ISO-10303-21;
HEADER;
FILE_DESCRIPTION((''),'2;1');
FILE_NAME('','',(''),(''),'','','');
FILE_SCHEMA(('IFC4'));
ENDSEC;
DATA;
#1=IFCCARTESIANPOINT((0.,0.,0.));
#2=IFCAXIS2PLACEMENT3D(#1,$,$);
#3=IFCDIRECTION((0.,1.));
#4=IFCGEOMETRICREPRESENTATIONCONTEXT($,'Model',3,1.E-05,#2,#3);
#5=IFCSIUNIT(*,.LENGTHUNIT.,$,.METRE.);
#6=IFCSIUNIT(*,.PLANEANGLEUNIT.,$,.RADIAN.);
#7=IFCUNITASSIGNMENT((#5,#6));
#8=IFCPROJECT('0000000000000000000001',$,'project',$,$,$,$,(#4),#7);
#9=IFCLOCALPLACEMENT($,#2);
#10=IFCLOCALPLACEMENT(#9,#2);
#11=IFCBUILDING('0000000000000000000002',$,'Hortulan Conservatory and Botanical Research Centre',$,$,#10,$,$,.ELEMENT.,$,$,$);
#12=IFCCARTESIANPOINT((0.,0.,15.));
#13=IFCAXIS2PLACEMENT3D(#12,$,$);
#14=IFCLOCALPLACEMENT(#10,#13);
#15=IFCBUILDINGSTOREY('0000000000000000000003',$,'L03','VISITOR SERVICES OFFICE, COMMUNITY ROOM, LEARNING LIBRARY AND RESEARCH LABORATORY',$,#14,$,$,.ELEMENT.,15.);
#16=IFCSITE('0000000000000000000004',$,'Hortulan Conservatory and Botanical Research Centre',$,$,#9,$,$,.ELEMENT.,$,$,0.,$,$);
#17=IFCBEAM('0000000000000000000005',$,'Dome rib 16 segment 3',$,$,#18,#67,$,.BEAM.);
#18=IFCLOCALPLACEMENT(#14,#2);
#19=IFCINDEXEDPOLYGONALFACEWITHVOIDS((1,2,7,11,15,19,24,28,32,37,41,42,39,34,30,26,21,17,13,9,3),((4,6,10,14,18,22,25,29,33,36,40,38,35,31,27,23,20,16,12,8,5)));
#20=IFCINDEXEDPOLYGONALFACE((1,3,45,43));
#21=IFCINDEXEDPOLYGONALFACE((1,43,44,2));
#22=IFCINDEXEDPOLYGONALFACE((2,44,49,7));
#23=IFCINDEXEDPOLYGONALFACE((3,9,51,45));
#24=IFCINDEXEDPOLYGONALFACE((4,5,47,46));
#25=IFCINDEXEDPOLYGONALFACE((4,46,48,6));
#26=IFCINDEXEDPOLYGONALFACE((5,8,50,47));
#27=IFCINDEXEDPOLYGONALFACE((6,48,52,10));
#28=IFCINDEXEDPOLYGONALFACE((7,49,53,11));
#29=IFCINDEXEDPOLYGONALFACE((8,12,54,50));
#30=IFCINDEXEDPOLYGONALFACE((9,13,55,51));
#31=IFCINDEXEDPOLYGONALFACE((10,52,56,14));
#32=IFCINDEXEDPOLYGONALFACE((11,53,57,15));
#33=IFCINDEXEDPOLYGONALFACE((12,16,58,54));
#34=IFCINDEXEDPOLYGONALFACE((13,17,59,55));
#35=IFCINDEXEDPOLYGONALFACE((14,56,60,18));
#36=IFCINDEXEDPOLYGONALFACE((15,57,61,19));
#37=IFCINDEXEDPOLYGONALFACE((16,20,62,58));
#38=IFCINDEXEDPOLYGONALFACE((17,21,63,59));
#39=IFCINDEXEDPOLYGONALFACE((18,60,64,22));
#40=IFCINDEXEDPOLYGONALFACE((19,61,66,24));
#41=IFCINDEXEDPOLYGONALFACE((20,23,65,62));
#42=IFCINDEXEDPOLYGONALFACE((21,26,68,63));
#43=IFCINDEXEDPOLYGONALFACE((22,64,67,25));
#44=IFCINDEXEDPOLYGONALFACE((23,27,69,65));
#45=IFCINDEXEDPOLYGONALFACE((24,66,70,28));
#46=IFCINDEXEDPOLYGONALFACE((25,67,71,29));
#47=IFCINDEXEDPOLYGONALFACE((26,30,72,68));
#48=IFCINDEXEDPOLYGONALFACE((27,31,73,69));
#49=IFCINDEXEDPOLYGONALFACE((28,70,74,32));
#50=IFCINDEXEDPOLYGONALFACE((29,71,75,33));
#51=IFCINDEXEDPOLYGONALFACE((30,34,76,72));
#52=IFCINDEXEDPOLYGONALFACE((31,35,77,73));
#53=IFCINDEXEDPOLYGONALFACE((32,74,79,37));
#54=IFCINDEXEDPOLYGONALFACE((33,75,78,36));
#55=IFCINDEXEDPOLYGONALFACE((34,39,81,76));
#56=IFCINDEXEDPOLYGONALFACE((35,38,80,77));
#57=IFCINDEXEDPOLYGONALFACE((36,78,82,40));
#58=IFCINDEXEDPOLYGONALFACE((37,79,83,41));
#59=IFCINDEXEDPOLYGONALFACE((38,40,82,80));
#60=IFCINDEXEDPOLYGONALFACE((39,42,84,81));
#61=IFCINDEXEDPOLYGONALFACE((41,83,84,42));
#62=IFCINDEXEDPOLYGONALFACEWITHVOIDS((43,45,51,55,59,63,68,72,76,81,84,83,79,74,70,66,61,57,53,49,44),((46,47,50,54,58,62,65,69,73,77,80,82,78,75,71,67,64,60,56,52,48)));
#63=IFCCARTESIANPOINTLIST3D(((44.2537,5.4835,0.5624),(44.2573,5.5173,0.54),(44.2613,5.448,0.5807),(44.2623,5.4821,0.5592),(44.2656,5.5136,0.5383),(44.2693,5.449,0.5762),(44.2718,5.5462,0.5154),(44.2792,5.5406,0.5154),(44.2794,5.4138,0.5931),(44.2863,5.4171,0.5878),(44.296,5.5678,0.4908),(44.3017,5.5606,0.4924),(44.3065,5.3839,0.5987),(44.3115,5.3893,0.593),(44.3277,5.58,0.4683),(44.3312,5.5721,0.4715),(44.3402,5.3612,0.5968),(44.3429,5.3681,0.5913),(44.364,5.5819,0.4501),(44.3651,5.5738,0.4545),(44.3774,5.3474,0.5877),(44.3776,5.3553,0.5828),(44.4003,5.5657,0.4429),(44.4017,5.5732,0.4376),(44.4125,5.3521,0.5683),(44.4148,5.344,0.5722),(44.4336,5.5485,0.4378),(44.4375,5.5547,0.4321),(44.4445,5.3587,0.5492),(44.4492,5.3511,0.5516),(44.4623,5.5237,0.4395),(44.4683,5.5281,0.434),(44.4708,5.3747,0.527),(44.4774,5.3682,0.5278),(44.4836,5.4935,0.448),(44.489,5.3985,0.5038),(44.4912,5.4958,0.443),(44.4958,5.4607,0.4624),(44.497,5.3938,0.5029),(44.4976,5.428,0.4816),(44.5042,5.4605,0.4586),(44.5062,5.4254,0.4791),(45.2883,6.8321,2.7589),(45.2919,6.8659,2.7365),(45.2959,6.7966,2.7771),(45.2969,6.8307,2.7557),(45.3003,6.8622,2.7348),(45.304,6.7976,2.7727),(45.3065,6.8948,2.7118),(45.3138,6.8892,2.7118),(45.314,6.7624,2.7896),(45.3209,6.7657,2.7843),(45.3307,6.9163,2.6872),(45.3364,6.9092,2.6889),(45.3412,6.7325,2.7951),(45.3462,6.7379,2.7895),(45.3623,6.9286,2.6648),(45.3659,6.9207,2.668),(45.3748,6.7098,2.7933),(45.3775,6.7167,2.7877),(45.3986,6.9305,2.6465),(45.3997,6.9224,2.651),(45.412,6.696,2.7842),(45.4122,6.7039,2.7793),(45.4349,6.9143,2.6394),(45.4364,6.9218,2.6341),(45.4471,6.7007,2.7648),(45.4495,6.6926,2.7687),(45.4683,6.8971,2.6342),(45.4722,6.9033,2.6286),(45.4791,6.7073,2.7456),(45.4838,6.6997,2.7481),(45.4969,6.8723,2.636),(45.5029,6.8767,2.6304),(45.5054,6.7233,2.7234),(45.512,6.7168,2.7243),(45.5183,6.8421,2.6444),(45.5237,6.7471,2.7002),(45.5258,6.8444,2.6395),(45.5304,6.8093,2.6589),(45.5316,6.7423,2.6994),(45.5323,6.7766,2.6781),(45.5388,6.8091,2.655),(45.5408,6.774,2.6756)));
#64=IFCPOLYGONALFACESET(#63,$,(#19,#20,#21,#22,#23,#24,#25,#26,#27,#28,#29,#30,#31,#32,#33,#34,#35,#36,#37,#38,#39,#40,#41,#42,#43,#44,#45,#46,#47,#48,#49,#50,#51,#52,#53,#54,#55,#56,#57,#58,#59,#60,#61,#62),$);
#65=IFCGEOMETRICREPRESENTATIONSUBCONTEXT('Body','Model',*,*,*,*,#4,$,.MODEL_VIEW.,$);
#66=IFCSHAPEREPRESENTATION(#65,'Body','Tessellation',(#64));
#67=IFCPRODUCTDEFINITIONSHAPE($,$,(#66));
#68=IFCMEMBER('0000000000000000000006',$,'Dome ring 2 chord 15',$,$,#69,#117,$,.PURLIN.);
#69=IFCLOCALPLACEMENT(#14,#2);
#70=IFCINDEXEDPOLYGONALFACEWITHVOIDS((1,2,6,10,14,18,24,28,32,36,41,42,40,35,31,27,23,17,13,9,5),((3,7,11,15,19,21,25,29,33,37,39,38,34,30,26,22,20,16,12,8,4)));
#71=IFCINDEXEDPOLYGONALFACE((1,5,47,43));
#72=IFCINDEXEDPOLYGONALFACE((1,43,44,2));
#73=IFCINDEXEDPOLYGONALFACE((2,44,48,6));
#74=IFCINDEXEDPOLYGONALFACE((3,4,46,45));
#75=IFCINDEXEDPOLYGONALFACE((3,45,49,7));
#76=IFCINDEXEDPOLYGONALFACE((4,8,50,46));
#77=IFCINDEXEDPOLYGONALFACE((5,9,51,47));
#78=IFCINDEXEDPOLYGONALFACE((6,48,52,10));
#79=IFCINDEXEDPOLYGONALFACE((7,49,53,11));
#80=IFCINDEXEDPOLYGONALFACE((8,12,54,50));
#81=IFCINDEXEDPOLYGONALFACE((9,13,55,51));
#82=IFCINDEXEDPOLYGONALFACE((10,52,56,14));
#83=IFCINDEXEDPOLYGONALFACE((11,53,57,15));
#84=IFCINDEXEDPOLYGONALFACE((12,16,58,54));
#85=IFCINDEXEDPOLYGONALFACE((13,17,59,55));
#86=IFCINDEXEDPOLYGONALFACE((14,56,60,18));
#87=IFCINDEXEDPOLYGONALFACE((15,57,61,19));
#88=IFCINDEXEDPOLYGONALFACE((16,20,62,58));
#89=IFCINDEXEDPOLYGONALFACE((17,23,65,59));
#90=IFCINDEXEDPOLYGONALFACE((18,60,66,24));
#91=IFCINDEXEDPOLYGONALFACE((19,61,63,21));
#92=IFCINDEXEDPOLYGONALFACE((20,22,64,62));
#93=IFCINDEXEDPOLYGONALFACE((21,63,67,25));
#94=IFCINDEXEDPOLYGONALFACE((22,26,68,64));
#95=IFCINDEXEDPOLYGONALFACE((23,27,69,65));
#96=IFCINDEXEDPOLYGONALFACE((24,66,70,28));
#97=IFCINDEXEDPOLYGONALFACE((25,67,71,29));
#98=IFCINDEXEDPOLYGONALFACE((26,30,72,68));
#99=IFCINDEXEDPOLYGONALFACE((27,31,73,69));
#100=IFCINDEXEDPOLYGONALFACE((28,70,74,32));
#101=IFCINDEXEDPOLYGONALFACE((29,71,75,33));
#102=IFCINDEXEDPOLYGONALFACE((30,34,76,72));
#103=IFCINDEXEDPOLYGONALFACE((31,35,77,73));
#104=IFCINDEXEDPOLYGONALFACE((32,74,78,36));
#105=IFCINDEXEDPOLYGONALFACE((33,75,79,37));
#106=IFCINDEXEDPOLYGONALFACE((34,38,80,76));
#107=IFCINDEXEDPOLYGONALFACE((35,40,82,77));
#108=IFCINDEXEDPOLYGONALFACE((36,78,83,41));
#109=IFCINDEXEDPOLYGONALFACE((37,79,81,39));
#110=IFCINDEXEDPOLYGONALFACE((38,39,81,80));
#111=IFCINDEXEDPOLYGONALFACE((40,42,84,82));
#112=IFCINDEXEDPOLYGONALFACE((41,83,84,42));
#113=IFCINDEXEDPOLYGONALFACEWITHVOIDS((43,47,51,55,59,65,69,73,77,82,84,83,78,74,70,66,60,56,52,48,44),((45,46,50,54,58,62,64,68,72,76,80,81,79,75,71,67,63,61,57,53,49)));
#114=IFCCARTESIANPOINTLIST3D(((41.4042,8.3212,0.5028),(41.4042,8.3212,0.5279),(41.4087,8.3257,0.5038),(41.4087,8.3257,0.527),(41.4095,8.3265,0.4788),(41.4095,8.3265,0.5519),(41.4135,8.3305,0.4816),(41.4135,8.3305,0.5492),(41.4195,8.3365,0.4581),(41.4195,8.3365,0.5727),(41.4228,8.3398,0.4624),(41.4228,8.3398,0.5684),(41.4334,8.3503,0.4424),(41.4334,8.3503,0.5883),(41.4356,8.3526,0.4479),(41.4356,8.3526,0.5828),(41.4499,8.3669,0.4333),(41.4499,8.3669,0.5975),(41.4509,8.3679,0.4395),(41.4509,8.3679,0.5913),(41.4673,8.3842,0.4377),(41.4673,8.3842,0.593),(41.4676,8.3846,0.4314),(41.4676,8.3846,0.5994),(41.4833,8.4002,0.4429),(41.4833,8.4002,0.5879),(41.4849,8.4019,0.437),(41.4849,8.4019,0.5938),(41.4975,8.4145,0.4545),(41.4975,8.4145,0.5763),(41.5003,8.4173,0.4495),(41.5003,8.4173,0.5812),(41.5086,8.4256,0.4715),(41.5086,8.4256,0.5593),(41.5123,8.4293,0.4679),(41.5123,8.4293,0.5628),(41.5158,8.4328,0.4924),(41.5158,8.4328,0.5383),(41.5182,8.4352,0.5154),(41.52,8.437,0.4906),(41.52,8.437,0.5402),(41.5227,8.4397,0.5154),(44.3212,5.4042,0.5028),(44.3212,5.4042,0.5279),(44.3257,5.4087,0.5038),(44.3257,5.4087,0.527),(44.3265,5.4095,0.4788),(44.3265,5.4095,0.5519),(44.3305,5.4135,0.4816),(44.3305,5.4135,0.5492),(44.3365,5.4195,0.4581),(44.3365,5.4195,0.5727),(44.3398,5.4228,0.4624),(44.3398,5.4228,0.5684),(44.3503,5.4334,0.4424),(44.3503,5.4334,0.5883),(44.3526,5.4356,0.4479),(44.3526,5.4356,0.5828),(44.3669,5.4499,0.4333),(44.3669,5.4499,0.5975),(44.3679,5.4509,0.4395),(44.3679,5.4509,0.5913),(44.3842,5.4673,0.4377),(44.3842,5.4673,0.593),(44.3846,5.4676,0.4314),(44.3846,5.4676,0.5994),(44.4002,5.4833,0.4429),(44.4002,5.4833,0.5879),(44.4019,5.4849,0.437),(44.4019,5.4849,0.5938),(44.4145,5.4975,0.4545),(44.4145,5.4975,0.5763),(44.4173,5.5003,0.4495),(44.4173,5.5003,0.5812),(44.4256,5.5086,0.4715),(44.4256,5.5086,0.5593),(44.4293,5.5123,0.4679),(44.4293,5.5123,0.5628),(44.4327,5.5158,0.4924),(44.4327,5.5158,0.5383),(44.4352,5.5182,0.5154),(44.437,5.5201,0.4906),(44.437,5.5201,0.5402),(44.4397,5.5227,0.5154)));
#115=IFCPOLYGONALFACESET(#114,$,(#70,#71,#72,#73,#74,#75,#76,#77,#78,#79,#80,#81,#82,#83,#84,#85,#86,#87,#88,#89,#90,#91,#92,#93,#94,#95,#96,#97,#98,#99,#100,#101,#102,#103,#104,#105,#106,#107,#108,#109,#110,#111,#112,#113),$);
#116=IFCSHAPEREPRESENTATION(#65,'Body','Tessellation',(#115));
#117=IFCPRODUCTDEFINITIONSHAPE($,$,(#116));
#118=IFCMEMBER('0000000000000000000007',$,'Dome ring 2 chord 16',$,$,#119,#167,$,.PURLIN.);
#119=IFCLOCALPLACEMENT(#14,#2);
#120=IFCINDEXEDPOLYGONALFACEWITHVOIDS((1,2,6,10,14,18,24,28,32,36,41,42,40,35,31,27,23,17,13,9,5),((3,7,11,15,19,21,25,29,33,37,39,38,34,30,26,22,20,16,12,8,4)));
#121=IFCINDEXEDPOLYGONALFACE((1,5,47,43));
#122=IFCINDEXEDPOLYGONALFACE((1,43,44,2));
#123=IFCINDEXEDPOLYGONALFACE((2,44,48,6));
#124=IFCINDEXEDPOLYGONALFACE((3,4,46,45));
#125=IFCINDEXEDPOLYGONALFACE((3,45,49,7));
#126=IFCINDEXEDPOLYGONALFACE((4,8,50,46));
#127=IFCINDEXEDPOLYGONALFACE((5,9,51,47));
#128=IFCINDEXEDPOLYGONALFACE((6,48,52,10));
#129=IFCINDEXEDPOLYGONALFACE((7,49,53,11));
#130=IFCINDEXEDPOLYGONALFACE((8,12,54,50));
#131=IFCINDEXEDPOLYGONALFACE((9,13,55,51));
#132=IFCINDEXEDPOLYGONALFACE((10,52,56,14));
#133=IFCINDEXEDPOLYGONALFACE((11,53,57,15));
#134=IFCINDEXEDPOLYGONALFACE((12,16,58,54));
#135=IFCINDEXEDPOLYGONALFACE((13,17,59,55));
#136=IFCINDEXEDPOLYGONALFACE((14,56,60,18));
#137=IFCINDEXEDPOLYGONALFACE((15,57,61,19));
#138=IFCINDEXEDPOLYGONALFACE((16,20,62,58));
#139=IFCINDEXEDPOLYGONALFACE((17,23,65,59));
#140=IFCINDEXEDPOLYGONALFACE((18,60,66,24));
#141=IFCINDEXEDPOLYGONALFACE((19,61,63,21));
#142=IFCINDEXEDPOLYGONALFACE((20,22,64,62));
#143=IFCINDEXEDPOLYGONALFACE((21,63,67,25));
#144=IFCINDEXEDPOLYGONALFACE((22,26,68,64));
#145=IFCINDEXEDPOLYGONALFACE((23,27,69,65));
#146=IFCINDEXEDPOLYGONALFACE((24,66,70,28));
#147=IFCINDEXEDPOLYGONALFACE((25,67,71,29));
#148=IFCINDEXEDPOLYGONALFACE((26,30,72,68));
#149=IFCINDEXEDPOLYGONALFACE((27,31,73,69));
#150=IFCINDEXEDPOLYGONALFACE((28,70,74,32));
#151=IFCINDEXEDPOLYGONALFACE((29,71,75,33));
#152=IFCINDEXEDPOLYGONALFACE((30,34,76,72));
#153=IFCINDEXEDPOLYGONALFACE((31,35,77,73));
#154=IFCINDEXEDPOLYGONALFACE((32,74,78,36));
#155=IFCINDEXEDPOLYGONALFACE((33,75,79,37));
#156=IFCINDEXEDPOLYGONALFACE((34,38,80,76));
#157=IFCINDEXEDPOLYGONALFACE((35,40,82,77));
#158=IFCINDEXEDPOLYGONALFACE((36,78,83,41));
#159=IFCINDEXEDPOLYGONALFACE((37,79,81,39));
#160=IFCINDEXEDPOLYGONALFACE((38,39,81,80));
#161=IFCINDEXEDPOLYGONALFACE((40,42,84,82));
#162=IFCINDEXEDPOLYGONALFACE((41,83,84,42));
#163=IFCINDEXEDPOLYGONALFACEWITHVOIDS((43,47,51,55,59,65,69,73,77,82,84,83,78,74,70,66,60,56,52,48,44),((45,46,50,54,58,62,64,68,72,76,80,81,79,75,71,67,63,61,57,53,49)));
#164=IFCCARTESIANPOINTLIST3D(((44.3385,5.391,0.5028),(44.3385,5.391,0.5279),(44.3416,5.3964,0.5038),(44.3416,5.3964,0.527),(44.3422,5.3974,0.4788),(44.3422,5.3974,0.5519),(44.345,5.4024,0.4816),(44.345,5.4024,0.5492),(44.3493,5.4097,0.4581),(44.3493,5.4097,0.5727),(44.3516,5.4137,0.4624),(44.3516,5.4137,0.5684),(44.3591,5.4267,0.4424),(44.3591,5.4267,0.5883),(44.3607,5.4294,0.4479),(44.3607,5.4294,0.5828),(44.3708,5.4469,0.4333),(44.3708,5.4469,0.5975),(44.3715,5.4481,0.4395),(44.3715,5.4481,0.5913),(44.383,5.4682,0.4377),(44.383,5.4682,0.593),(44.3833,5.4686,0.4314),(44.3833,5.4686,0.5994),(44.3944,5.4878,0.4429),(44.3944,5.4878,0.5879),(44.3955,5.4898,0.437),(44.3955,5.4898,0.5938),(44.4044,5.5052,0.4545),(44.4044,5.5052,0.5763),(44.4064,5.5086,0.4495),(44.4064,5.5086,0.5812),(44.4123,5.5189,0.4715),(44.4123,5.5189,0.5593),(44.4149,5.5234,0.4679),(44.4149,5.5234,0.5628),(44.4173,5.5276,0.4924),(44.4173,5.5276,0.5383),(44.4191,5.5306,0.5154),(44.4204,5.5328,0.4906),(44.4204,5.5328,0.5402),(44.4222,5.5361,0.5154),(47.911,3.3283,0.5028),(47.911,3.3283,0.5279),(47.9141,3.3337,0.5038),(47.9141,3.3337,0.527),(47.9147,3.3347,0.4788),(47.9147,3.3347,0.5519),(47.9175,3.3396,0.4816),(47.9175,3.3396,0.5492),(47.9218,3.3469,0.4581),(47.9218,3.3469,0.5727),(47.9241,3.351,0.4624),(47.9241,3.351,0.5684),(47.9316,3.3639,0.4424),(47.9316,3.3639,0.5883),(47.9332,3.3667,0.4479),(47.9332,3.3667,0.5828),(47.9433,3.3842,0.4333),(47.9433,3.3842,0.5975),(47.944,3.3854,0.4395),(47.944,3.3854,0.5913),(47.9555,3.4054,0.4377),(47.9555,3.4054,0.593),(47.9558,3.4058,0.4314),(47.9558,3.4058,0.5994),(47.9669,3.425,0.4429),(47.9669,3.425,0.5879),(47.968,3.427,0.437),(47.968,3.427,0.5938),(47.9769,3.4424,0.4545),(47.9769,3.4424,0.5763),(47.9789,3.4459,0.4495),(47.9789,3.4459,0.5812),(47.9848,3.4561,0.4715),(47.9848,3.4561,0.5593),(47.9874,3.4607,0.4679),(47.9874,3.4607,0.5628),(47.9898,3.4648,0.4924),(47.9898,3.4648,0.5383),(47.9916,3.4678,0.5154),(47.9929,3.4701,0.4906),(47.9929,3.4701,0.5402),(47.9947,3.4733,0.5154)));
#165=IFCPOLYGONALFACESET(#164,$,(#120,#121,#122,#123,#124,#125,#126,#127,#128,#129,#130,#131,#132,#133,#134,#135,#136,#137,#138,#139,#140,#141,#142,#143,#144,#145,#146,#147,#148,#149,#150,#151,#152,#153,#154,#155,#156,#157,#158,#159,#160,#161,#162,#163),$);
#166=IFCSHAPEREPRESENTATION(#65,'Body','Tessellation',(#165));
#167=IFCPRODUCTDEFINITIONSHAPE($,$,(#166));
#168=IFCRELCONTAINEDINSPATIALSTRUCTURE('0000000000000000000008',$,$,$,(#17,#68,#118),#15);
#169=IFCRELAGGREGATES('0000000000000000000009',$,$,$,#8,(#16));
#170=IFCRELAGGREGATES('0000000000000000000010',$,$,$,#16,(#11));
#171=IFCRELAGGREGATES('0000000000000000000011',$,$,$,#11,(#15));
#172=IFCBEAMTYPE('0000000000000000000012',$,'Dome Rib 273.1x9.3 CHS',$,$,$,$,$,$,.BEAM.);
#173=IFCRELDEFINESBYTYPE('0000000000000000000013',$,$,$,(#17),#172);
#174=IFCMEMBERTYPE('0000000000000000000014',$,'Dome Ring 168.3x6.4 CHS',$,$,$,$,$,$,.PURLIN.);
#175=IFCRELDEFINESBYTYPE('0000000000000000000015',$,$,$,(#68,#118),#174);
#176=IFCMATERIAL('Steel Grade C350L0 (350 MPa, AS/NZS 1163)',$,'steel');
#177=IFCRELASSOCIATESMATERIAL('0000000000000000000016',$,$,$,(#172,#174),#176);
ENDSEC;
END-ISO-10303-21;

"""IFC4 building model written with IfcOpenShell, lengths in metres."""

from ifc_helpers import new_model, si_unit, direction, frame, origin, origin_2d, place, context, subcontext, project, spatial, hollow_circle, extrude, material, material_profile, profile_set, type_object, element, save


model = new_model("IFC4")

# Units and contexts
model_context = context("Model", 3, precision=1e-05, world=origin(), true_north=direction((0.0, 1.0)))
body_context = subcontext(model_context, "Body", "Model", "MODEL_VIEW")
ifc_project = project(units=[si_unit("LENGTHUNIT", "METRE"), si_unit("PLANEANGLEUNIT", "RADIAN")], contexts=[model_context])

# Site, building, storey
site_placement = place(None, origin())
site = spatial("IfcSite", under=ifc_project, at=site_placement, Name="Hortulan Conservatory and Botanical Research Centre", CompositionType="ELEMENT", RefElevation=0.0)
building_placement = place(site_placement, origin())
building = spatial("IfcBuilding", under=site, at=building_placement, Name="Hortulan Conservatory and Botanical Research Centre", CompositionType="ELEMENT")
storey_placement = place(building_placement, frame((0.0, 0.0, 15.0)))
storey = spatial("IfcBuildingStorey", under=building, at=storey_placement, Name="L03", Description="VISITOR SERVICES OFFICE, COMMUNITY ROOM, LEARNING LIBRARY AND RESEARCH LABORATORY", CompositionType="ELEMENT", Elevation=15.0)

# Beam
ifc_material_1 = material(Name="Steel Grade C350L0 (350 MPa, AS/NZS 1163)", Category="steel")
ifc_material_profile_1 = material_profile(ifc_material_1, hollow_circle(Radius=0.1365, WallThickness=0.0093, at=origin_2d()), Name="273.1x9.3CHS")
ifc_profile_set_1 = profile_set([ifc_material_profile_1], Name="Steel Grade C350L0 (350 MPa, AS/NZS 1163)")
beam_type = type_object("IfcBeamType", Name="Dome Rib 273.1x9.3 CHS", PredefinedType="BEAM", material=ifc_profile_set_1)
for number, where, z_axis, x_axis, name in (
    (1, (44.3801, 5.4631, 0.5154), (0.372527, 0.485569, 0.790852), (-0.793403, 0.608697, 0.0), "Dome rib 16 segment 3"),
):
    element("IfcBeam", number, at=place(storey_placement, frame(where, z_axis=z_axis, x_axis=x_axis)), inside=storey, type_object=beam_type, Name=name, PredefinedType="BEAM", context=body_context, shape_type="SweptSolid", body=[
        extrude(hollow_circle(Radius=0.1365, WallThickness=0.0093, at=origin_2d()), origin(), (0.0, 0.0, 1.0), 2.7773),
    ])

# Members
ifc_material_profile_2 = material_profile(ifc_material_1, hollow_circle(Radius=0.0842, WallThickness=0.0063, at=origin_2d()), Name="168.3x6.4CHS")
ifc_profile_set_2 = profile_set([ifc_material_profile_2], Name="Steel Grade C350L0 (350 MPa, AS/NZS 1163)")
member_type_1 = type_object("IfcMemberType", Name="Dome Ring 168.3x6.4 CHS", PredefinedType="PURLIN", material=ifc_profile_set_2)
for number, where, z_axis, x_axis, name in (
    (2, (41.4631, 8.3801, 0.5154), (0.707107, -0.707107, 0.0), (0.707107, 0.707107, 0.0), "Dome ring 2 chord 15"),
    (3, (44.3801, 5.4631, 0.5154), (0.866009, -0.500028, 0.0), (0.500028, 0.866009, 0.0), "Dome ring 2 chord 16"),
):
    element("IfcMember", number, at=place(storey_placement, frame(where, z_axis=z_axis, x_axis=x_axis)), inside=storey, type_object=member_type_1, Name=name, PredefinedType="PURLIN", context=body_context, shape_type="SweptSolid", body=[
        extrude(hollow_circle(Radius=0.0842, WallThickness=0.0063, at=origin_2d()), origin(), (0.0, 0.0, 1.0), 4.1252),
    ])

save(model, "model.ifc")
